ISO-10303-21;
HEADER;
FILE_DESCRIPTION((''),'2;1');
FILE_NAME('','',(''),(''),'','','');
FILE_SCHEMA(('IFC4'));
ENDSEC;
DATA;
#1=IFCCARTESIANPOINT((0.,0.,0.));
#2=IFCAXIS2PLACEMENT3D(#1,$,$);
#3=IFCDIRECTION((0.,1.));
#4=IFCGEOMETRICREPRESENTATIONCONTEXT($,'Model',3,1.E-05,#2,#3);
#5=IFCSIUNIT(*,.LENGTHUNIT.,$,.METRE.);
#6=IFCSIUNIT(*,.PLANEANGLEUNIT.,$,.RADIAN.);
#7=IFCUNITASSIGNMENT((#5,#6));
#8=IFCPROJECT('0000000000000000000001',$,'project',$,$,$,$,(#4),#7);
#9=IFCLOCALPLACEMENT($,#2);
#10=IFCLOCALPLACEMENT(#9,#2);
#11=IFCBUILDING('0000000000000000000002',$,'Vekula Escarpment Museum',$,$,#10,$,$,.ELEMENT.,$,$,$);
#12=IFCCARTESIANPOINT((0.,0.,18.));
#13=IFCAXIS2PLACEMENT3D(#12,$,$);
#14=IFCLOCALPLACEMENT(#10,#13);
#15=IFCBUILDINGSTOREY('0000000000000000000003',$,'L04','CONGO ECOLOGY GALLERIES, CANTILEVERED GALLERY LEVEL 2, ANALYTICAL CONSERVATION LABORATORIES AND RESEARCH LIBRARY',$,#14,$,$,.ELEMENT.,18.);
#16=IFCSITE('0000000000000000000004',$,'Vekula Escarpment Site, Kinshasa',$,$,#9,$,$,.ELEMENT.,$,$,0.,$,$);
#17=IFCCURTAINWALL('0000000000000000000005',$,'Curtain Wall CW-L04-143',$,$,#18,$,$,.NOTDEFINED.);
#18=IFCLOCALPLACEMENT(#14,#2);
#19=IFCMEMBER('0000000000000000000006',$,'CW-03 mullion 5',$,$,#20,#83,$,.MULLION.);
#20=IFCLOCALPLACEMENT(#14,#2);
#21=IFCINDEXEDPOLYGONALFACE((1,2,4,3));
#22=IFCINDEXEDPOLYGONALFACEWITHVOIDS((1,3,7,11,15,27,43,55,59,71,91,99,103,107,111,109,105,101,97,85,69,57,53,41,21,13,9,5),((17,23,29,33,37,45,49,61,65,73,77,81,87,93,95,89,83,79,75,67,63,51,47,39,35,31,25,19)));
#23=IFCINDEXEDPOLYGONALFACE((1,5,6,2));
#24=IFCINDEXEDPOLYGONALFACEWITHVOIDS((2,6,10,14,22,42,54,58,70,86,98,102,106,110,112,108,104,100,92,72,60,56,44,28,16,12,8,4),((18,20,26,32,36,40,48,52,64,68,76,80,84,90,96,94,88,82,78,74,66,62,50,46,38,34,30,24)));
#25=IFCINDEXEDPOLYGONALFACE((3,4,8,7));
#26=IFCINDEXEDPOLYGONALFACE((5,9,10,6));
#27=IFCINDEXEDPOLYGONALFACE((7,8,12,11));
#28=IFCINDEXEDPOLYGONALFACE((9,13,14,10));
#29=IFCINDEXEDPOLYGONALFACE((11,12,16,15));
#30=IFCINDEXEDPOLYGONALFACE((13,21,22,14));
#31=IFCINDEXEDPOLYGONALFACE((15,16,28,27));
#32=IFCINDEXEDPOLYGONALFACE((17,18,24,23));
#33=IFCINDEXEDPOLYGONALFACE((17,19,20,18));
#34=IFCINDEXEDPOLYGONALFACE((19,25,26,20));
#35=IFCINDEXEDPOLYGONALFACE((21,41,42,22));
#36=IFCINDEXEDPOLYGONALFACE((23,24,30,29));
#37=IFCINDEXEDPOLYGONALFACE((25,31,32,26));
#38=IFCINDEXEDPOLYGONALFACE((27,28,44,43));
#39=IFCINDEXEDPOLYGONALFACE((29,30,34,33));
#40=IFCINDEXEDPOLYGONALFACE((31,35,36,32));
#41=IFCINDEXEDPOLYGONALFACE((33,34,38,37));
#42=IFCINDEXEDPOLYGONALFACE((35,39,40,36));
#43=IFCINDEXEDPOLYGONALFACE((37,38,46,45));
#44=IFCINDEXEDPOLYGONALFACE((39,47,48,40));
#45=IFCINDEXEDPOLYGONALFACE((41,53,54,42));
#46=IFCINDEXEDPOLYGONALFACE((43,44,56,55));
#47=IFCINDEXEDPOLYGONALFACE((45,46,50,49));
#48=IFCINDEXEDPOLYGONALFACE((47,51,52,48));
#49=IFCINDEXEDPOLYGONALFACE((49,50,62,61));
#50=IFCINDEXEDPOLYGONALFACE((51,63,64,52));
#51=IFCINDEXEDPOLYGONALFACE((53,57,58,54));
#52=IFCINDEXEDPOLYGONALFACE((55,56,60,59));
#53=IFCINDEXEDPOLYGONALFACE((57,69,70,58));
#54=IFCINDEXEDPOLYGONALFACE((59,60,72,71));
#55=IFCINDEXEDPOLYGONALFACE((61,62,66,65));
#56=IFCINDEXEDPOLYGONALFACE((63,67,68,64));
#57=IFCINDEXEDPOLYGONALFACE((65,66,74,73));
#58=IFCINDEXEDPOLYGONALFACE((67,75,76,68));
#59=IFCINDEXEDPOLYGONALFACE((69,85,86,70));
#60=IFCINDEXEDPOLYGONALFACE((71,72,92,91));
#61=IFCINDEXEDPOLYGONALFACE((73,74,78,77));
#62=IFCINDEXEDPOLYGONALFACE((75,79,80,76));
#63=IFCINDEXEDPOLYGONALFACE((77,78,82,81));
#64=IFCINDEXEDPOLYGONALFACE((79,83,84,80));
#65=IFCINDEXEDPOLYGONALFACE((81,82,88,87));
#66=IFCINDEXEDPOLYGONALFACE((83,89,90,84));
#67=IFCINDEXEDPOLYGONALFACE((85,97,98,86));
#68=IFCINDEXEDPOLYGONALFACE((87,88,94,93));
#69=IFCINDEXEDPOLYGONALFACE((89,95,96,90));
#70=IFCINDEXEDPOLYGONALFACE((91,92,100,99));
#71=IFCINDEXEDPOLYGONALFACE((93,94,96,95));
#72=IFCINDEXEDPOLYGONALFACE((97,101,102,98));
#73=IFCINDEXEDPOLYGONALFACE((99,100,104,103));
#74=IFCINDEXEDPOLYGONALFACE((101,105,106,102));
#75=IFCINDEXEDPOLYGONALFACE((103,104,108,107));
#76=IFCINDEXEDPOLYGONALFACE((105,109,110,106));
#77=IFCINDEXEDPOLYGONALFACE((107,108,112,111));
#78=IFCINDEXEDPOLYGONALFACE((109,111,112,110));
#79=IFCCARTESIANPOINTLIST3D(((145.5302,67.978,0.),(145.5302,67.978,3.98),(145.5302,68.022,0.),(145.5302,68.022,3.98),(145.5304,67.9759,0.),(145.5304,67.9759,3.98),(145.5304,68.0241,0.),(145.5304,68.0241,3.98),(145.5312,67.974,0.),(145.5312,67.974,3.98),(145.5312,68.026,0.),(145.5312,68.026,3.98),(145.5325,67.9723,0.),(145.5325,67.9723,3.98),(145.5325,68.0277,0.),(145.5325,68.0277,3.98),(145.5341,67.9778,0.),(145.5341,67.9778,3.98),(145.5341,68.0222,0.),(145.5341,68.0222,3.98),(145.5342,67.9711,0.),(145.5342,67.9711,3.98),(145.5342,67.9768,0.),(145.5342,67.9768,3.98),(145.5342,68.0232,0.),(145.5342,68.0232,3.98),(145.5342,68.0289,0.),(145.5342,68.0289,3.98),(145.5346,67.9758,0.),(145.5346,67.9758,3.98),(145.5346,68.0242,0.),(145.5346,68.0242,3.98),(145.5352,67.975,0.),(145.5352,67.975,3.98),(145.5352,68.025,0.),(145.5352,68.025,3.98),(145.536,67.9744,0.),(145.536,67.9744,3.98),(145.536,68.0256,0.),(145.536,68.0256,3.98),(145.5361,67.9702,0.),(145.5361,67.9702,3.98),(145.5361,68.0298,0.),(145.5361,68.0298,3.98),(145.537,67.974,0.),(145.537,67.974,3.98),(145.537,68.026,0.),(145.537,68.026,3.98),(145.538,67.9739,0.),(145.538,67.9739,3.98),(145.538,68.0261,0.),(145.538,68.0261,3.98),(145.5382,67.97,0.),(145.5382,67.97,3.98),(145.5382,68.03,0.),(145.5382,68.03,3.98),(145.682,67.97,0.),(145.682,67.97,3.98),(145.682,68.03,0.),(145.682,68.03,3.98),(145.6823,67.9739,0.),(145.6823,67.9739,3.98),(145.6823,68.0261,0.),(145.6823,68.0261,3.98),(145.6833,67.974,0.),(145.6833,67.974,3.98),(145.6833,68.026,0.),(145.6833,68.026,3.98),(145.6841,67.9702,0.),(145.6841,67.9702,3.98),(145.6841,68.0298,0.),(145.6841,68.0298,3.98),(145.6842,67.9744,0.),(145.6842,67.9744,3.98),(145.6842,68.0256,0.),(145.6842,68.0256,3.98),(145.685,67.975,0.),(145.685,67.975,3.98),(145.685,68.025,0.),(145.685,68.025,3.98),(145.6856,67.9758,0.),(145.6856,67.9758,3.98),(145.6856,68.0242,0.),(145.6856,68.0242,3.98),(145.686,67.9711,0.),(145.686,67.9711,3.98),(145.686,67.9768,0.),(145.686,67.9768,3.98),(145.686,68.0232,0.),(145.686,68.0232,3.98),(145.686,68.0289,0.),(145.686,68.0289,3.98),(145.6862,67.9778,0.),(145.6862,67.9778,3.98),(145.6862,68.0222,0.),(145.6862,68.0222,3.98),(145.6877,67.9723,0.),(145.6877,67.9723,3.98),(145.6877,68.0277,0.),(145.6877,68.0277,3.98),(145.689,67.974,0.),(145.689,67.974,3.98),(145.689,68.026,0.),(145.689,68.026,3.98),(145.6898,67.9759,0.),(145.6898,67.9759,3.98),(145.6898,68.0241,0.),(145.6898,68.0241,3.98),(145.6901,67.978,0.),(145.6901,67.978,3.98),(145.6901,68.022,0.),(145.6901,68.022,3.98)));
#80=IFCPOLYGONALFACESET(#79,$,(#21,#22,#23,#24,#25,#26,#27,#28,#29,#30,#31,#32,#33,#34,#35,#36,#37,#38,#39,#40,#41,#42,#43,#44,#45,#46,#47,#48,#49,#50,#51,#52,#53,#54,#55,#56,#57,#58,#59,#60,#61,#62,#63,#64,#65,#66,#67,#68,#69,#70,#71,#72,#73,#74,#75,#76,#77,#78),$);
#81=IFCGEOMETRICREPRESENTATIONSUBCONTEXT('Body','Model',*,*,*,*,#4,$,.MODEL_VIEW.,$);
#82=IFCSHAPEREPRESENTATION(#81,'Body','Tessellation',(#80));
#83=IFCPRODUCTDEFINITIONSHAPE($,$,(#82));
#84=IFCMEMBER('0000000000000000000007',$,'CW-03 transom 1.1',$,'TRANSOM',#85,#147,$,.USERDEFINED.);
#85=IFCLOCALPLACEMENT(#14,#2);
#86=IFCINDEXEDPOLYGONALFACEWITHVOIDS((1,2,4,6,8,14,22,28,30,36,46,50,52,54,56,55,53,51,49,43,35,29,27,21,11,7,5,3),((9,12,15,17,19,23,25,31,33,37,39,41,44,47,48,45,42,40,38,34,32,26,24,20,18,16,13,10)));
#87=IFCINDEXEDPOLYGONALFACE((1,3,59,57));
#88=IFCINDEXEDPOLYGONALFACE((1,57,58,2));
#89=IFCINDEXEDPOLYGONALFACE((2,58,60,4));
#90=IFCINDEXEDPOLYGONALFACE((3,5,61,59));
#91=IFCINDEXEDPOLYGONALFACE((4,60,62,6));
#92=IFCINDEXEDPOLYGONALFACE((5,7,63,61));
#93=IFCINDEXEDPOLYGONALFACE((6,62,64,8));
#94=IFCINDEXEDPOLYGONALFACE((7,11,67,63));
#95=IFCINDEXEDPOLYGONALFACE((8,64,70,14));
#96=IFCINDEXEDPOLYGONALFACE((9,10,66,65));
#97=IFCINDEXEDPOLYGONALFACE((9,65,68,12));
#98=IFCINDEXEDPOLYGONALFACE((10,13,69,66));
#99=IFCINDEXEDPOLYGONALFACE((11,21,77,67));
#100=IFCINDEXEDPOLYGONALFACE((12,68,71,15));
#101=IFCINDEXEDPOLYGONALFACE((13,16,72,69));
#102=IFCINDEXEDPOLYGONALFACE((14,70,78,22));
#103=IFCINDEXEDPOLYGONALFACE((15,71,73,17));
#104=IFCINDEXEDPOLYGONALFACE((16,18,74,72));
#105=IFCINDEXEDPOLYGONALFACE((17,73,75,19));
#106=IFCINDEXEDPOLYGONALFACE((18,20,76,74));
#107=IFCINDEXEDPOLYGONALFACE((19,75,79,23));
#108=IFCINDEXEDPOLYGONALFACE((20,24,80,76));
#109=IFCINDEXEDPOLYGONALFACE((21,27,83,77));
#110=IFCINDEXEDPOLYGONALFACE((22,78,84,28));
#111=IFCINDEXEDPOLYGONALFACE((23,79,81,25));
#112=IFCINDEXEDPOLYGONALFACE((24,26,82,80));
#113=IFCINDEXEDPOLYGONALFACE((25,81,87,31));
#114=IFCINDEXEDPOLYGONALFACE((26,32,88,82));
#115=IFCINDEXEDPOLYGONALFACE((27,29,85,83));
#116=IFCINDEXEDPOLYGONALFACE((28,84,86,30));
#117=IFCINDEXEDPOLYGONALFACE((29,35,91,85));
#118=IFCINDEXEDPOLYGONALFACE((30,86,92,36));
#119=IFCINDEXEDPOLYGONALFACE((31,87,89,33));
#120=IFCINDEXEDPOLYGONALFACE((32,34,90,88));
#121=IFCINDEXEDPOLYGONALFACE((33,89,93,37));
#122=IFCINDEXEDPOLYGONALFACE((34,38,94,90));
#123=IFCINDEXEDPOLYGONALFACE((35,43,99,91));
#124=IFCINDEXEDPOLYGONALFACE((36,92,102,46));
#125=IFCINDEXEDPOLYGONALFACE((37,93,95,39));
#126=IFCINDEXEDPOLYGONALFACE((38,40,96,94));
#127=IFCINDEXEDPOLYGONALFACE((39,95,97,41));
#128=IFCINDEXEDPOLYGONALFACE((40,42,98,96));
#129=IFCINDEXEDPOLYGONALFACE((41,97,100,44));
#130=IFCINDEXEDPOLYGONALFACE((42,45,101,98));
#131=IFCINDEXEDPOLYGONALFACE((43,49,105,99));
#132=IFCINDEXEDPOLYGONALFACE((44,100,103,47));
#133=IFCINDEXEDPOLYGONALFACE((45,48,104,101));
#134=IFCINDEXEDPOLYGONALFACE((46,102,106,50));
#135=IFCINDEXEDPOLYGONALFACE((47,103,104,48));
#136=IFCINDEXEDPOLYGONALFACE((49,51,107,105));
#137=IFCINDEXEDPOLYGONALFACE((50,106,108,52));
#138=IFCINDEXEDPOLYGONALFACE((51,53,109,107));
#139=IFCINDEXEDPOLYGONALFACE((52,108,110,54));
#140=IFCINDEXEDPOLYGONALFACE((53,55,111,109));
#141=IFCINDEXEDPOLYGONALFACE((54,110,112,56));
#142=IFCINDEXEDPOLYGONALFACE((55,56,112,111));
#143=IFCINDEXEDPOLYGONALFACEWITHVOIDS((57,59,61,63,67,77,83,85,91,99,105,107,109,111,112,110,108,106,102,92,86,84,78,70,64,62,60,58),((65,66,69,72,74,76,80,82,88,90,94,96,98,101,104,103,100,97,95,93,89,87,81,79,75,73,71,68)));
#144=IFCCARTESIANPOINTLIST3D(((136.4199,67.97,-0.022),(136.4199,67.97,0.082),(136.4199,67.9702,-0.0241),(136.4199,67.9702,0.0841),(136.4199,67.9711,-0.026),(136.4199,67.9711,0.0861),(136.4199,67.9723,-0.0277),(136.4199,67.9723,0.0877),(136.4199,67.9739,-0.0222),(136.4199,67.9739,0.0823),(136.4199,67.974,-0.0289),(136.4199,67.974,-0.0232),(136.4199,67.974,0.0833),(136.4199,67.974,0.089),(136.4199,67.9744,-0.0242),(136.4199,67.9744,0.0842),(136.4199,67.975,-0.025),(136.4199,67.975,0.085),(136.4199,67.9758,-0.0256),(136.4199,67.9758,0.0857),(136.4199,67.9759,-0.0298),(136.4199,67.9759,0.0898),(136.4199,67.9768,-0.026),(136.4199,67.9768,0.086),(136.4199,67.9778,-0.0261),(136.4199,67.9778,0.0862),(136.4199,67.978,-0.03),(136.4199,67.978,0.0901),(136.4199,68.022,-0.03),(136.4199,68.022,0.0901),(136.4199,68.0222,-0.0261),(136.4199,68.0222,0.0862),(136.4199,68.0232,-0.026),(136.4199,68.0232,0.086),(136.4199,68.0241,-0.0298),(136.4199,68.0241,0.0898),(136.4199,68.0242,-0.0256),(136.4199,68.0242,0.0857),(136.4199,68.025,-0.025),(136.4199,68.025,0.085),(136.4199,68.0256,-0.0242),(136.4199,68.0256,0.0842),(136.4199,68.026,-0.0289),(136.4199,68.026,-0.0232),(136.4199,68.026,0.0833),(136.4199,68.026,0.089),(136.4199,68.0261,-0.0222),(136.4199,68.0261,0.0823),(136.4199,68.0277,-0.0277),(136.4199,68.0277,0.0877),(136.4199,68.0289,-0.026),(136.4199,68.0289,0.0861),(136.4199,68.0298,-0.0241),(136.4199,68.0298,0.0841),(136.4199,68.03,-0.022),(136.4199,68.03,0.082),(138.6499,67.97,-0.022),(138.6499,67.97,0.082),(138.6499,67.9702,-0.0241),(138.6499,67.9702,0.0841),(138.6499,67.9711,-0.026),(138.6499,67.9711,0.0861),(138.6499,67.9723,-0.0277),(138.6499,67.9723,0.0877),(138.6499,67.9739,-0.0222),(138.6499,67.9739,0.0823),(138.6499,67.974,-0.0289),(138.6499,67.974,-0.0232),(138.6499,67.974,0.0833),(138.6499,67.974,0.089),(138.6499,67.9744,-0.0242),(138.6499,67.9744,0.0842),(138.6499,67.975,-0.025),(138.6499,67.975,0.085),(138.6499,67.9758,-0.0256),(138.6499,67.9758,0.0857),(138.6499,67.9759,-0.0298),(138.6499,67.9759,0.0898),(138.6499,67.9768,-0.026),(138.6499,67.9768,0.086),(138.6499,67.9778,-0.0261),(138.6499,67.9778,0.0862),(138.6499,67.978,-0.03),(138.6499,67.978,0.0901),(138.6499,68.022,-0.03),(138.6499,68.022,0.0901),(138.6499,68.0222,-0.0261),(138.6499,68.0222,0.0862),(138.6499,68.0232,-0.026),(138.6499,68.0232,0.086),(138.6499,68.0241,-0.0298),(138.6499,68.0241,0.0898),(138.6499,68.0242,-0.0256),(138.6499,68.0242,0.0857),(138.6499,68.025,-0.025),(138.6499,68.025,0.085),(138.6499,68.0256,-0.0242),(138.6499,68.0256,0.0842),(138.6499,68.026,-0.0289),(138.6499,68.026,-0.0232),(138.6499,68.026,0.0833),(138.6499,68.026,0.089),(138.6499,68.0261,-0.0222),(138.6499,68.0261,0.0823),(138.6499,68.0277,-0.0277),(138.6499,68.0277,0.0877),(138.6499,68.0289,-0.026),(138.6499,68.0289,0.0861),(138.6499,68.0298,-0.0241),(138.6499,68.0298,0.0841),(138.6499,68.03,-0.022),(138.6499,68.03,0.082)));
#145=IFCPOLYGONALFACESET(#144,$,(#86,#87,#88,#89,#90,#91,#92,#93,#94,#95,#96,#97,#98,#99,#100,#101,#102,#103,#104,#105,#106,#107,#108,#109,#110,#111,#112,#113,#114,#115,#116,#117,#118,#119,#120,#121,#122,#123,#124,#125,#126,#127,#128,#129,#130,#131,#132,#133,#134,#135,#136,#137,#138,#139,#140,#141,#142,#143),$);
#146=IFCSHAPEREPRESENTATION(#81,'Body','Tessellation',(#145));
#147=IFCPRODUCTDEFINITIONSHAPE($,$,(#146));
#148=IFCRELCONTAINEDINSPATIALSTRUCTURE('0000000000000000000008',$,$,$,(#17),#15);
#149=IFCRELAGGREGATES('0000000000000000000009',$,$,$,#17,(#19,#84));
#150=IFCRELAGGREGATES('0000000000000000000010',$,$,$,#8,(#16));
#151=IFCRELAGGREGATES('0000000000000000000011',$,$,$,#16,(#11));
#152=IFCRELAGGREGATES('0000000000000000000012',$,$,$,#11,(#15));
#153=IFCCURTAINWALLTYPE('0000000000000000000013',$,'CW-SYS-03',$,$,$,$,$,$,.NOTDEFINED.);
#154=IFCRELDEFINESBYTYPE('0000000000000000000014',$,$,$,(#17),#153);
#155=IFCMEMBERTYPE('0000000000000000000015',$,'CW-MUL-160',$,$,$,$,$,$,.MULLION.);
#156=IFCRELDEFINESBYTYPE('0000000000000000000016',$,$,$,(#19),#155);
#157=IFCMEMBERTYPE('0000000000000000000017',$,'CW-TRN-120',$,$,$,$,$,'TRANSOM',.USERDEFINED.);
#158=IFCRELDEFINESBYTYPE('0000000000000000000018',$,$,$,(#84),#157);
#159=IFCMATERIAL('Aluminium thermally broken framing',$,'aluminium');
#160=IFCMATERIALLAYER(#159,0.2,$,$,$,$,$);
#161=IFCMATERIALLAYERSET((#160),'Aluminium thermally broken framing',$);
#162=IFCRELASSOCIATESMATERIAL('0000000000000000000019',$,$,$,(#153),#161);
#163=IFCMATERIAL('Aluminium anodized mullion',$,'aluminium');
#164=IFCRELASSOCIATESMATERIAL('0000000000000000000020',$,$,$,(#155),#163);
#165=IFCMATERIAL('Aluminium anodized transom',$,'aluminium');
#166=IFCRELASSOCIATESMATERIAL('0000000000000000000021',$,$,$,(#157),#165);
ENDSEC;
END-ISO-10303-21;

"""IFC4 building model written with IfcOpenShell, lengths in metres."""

from ifc_helpers import new_model, si_unit, direction, frame, origin, origin_2d, place, context, subcontext, project, spatial, hollow_rectangle, extrude, material, layer, layer_set, material_profile, profile_set, type_object, element, aggregate, save


model = new_model("IFC4")

# Units and contexts
model_context = context("Model", 3, precision=1e-05, world=origin(), true_north=direction((0.0, 1.0)))
body_context = subcontext(model_context, "Body", "Model", "MODEL_VIEW")
ifc_project = project(units=[si_unit("LENGTHUNIT", "METRE"), si_unit("PLANEANGLEUNIT", "RADIAN")], contexts=[model_context])

# Site, building, storey
site_placement = place(None, origin())
site = spatial("IfcSite", under=ifc_project, at=site_placement, Name="Vekula Escarpment Site, Kinshasa", CompositionType="ELEMENT", RefElevation=0.0)
building_placement = place(site_placement, origin())
building = spatial("IfcBuilding", under=site, at=building_placement, Name="Vekula Escarpment Museum", CompositionType="ELEMENT")
storey_placement = place(building_placement, frame((0.0, 0.0, 18.0)))
storey = spatial("IfcBuildingStorey", under=building, at=storey_placement, Name="L04", Description="CONGO ECOLOGY GALLERIES, CANTILEVERED GALLERY LEVEL 2, ANALYTICAL CONSERVATION LABORATORIES AND RESEARCH LIBRARY", CompositionType="ELEMENT", Elevation=18.0)

# Curtain wall, members
ifc_material_1 = material(Name="Aluminium thermally broken framing", Category="aluminium")
ifc_layer_1 = layer(ifc_material_1, 0.2)
ifc_layer_set_1 = layer_set([ifc_layer_1], Name="Aluminium thermally broken framing")
curtain_wall_type = type_object("IfcCurtainWallType", Name="CW-SYS-03", PredefinedType="NOTDEFINED", material=ifc_layer_set_1)
curtain_wall_placement = place(storey_placement, origin())
curtain_wall = element("IfcCurtainWall", 1, at=curtain_wall_placement, inside=storey, type_object=curtain_wall_type, Name="Curtain Wall CW-L04-143", PredefinedType="NOTDEFINED")
ifc_material_2 = material(Name="Aluminium anodized mullion", Category="aluminium")
ifc_material_profile_1 = material_profile(ifc_material_2, hollow_rectangle(XDim=0.0601, YDim=0.1599, WallThickness=0.0039, InnerFilletRadius=0.0039, OuterFilletRadius=0.0081, at=origin_2d()), Name="ALU 160x60x4")
ifc_profile_set_1 = profile_set([ifc_material_profile_1], Name="Aluminium anodized mullion")
member_type_1 = type_object("IfcMemberType", Name="CW-MUL-160", PredefinedType="MULLION", material=ifc_profile_set_1)
member_1_placement = place(storey_placement, frame((145.6101, 68.0, 0.0), z_axis=(0.0, 0.0, 1.0), x_axis=(0.0, 1.0, 0.0)))
member_1 = element("IfcMember", 2, at=member_1_placement, type_object=member_type_1, Name="CW-03 mullion 5", PredefinedType="MULLION", context=body_context, shape_type="SweptSolid", body=[
    extrude(hollow_rectangle(XDim=0.0601, YDim=0.1599, WallThickness=0.0039, InnerFilletRadius=0.0039, OuterFilletRadius=0.0081, at=origin_2d()), origin(), (0.0, 0.0, 1.0), 3.98),
])
ifc_material_3 = material(Name="Aluminium anodized transom", Category="aluminium")
ifc_material_profile_2 = material_profile(ifc_material_3, hollow_rectangle(XDim=0.0601, YDim=0.1201, WallThickness=0.0039, InnerFilletRadius=0.0039, OuterFilletRadius=0.0081, at=origin_2d()), Name="ALU 120x60x4")
ifc_profile_set_2 = profile_set([ifc_material_profile_2], Name="Aluminium anodized transom")
member_type_2 = type_object("IfcMemberType", Name="CW-TRN-120", ElementType="TRANSOM", PredefinedType="USERDEFINED", material=ifc_profile_set_2)
member_2_placement = place(storey_placement, frame((136.4199, 68.0, 0.03), z_axis=(1.0, 0.0, 0.0), x_axis=(0.0, 1.0, 0.0)))
member_2 = element("IfcMember", 3, at=member_2_placement, type_object=member_type_2, Name="CW-03 transom 1.1", ObjectType="TRANSOM", PredefinedType="USERDEFINED", context=body_context, shape_type="SweptSolid", body=[
    extrude(hollow_rectangle(XDim=0.0601, YDim=0.1201, WallThickness=0.0039, InnerFilletRadius=0.0039, OuterFilletRadius=0.0081, at=origin_2d()), origin(), (0.0, 0.0, 1.0), 2.23),
])

aggregate(curtain_wall, [member_1, member_2])

save(model, "model.ifc")
